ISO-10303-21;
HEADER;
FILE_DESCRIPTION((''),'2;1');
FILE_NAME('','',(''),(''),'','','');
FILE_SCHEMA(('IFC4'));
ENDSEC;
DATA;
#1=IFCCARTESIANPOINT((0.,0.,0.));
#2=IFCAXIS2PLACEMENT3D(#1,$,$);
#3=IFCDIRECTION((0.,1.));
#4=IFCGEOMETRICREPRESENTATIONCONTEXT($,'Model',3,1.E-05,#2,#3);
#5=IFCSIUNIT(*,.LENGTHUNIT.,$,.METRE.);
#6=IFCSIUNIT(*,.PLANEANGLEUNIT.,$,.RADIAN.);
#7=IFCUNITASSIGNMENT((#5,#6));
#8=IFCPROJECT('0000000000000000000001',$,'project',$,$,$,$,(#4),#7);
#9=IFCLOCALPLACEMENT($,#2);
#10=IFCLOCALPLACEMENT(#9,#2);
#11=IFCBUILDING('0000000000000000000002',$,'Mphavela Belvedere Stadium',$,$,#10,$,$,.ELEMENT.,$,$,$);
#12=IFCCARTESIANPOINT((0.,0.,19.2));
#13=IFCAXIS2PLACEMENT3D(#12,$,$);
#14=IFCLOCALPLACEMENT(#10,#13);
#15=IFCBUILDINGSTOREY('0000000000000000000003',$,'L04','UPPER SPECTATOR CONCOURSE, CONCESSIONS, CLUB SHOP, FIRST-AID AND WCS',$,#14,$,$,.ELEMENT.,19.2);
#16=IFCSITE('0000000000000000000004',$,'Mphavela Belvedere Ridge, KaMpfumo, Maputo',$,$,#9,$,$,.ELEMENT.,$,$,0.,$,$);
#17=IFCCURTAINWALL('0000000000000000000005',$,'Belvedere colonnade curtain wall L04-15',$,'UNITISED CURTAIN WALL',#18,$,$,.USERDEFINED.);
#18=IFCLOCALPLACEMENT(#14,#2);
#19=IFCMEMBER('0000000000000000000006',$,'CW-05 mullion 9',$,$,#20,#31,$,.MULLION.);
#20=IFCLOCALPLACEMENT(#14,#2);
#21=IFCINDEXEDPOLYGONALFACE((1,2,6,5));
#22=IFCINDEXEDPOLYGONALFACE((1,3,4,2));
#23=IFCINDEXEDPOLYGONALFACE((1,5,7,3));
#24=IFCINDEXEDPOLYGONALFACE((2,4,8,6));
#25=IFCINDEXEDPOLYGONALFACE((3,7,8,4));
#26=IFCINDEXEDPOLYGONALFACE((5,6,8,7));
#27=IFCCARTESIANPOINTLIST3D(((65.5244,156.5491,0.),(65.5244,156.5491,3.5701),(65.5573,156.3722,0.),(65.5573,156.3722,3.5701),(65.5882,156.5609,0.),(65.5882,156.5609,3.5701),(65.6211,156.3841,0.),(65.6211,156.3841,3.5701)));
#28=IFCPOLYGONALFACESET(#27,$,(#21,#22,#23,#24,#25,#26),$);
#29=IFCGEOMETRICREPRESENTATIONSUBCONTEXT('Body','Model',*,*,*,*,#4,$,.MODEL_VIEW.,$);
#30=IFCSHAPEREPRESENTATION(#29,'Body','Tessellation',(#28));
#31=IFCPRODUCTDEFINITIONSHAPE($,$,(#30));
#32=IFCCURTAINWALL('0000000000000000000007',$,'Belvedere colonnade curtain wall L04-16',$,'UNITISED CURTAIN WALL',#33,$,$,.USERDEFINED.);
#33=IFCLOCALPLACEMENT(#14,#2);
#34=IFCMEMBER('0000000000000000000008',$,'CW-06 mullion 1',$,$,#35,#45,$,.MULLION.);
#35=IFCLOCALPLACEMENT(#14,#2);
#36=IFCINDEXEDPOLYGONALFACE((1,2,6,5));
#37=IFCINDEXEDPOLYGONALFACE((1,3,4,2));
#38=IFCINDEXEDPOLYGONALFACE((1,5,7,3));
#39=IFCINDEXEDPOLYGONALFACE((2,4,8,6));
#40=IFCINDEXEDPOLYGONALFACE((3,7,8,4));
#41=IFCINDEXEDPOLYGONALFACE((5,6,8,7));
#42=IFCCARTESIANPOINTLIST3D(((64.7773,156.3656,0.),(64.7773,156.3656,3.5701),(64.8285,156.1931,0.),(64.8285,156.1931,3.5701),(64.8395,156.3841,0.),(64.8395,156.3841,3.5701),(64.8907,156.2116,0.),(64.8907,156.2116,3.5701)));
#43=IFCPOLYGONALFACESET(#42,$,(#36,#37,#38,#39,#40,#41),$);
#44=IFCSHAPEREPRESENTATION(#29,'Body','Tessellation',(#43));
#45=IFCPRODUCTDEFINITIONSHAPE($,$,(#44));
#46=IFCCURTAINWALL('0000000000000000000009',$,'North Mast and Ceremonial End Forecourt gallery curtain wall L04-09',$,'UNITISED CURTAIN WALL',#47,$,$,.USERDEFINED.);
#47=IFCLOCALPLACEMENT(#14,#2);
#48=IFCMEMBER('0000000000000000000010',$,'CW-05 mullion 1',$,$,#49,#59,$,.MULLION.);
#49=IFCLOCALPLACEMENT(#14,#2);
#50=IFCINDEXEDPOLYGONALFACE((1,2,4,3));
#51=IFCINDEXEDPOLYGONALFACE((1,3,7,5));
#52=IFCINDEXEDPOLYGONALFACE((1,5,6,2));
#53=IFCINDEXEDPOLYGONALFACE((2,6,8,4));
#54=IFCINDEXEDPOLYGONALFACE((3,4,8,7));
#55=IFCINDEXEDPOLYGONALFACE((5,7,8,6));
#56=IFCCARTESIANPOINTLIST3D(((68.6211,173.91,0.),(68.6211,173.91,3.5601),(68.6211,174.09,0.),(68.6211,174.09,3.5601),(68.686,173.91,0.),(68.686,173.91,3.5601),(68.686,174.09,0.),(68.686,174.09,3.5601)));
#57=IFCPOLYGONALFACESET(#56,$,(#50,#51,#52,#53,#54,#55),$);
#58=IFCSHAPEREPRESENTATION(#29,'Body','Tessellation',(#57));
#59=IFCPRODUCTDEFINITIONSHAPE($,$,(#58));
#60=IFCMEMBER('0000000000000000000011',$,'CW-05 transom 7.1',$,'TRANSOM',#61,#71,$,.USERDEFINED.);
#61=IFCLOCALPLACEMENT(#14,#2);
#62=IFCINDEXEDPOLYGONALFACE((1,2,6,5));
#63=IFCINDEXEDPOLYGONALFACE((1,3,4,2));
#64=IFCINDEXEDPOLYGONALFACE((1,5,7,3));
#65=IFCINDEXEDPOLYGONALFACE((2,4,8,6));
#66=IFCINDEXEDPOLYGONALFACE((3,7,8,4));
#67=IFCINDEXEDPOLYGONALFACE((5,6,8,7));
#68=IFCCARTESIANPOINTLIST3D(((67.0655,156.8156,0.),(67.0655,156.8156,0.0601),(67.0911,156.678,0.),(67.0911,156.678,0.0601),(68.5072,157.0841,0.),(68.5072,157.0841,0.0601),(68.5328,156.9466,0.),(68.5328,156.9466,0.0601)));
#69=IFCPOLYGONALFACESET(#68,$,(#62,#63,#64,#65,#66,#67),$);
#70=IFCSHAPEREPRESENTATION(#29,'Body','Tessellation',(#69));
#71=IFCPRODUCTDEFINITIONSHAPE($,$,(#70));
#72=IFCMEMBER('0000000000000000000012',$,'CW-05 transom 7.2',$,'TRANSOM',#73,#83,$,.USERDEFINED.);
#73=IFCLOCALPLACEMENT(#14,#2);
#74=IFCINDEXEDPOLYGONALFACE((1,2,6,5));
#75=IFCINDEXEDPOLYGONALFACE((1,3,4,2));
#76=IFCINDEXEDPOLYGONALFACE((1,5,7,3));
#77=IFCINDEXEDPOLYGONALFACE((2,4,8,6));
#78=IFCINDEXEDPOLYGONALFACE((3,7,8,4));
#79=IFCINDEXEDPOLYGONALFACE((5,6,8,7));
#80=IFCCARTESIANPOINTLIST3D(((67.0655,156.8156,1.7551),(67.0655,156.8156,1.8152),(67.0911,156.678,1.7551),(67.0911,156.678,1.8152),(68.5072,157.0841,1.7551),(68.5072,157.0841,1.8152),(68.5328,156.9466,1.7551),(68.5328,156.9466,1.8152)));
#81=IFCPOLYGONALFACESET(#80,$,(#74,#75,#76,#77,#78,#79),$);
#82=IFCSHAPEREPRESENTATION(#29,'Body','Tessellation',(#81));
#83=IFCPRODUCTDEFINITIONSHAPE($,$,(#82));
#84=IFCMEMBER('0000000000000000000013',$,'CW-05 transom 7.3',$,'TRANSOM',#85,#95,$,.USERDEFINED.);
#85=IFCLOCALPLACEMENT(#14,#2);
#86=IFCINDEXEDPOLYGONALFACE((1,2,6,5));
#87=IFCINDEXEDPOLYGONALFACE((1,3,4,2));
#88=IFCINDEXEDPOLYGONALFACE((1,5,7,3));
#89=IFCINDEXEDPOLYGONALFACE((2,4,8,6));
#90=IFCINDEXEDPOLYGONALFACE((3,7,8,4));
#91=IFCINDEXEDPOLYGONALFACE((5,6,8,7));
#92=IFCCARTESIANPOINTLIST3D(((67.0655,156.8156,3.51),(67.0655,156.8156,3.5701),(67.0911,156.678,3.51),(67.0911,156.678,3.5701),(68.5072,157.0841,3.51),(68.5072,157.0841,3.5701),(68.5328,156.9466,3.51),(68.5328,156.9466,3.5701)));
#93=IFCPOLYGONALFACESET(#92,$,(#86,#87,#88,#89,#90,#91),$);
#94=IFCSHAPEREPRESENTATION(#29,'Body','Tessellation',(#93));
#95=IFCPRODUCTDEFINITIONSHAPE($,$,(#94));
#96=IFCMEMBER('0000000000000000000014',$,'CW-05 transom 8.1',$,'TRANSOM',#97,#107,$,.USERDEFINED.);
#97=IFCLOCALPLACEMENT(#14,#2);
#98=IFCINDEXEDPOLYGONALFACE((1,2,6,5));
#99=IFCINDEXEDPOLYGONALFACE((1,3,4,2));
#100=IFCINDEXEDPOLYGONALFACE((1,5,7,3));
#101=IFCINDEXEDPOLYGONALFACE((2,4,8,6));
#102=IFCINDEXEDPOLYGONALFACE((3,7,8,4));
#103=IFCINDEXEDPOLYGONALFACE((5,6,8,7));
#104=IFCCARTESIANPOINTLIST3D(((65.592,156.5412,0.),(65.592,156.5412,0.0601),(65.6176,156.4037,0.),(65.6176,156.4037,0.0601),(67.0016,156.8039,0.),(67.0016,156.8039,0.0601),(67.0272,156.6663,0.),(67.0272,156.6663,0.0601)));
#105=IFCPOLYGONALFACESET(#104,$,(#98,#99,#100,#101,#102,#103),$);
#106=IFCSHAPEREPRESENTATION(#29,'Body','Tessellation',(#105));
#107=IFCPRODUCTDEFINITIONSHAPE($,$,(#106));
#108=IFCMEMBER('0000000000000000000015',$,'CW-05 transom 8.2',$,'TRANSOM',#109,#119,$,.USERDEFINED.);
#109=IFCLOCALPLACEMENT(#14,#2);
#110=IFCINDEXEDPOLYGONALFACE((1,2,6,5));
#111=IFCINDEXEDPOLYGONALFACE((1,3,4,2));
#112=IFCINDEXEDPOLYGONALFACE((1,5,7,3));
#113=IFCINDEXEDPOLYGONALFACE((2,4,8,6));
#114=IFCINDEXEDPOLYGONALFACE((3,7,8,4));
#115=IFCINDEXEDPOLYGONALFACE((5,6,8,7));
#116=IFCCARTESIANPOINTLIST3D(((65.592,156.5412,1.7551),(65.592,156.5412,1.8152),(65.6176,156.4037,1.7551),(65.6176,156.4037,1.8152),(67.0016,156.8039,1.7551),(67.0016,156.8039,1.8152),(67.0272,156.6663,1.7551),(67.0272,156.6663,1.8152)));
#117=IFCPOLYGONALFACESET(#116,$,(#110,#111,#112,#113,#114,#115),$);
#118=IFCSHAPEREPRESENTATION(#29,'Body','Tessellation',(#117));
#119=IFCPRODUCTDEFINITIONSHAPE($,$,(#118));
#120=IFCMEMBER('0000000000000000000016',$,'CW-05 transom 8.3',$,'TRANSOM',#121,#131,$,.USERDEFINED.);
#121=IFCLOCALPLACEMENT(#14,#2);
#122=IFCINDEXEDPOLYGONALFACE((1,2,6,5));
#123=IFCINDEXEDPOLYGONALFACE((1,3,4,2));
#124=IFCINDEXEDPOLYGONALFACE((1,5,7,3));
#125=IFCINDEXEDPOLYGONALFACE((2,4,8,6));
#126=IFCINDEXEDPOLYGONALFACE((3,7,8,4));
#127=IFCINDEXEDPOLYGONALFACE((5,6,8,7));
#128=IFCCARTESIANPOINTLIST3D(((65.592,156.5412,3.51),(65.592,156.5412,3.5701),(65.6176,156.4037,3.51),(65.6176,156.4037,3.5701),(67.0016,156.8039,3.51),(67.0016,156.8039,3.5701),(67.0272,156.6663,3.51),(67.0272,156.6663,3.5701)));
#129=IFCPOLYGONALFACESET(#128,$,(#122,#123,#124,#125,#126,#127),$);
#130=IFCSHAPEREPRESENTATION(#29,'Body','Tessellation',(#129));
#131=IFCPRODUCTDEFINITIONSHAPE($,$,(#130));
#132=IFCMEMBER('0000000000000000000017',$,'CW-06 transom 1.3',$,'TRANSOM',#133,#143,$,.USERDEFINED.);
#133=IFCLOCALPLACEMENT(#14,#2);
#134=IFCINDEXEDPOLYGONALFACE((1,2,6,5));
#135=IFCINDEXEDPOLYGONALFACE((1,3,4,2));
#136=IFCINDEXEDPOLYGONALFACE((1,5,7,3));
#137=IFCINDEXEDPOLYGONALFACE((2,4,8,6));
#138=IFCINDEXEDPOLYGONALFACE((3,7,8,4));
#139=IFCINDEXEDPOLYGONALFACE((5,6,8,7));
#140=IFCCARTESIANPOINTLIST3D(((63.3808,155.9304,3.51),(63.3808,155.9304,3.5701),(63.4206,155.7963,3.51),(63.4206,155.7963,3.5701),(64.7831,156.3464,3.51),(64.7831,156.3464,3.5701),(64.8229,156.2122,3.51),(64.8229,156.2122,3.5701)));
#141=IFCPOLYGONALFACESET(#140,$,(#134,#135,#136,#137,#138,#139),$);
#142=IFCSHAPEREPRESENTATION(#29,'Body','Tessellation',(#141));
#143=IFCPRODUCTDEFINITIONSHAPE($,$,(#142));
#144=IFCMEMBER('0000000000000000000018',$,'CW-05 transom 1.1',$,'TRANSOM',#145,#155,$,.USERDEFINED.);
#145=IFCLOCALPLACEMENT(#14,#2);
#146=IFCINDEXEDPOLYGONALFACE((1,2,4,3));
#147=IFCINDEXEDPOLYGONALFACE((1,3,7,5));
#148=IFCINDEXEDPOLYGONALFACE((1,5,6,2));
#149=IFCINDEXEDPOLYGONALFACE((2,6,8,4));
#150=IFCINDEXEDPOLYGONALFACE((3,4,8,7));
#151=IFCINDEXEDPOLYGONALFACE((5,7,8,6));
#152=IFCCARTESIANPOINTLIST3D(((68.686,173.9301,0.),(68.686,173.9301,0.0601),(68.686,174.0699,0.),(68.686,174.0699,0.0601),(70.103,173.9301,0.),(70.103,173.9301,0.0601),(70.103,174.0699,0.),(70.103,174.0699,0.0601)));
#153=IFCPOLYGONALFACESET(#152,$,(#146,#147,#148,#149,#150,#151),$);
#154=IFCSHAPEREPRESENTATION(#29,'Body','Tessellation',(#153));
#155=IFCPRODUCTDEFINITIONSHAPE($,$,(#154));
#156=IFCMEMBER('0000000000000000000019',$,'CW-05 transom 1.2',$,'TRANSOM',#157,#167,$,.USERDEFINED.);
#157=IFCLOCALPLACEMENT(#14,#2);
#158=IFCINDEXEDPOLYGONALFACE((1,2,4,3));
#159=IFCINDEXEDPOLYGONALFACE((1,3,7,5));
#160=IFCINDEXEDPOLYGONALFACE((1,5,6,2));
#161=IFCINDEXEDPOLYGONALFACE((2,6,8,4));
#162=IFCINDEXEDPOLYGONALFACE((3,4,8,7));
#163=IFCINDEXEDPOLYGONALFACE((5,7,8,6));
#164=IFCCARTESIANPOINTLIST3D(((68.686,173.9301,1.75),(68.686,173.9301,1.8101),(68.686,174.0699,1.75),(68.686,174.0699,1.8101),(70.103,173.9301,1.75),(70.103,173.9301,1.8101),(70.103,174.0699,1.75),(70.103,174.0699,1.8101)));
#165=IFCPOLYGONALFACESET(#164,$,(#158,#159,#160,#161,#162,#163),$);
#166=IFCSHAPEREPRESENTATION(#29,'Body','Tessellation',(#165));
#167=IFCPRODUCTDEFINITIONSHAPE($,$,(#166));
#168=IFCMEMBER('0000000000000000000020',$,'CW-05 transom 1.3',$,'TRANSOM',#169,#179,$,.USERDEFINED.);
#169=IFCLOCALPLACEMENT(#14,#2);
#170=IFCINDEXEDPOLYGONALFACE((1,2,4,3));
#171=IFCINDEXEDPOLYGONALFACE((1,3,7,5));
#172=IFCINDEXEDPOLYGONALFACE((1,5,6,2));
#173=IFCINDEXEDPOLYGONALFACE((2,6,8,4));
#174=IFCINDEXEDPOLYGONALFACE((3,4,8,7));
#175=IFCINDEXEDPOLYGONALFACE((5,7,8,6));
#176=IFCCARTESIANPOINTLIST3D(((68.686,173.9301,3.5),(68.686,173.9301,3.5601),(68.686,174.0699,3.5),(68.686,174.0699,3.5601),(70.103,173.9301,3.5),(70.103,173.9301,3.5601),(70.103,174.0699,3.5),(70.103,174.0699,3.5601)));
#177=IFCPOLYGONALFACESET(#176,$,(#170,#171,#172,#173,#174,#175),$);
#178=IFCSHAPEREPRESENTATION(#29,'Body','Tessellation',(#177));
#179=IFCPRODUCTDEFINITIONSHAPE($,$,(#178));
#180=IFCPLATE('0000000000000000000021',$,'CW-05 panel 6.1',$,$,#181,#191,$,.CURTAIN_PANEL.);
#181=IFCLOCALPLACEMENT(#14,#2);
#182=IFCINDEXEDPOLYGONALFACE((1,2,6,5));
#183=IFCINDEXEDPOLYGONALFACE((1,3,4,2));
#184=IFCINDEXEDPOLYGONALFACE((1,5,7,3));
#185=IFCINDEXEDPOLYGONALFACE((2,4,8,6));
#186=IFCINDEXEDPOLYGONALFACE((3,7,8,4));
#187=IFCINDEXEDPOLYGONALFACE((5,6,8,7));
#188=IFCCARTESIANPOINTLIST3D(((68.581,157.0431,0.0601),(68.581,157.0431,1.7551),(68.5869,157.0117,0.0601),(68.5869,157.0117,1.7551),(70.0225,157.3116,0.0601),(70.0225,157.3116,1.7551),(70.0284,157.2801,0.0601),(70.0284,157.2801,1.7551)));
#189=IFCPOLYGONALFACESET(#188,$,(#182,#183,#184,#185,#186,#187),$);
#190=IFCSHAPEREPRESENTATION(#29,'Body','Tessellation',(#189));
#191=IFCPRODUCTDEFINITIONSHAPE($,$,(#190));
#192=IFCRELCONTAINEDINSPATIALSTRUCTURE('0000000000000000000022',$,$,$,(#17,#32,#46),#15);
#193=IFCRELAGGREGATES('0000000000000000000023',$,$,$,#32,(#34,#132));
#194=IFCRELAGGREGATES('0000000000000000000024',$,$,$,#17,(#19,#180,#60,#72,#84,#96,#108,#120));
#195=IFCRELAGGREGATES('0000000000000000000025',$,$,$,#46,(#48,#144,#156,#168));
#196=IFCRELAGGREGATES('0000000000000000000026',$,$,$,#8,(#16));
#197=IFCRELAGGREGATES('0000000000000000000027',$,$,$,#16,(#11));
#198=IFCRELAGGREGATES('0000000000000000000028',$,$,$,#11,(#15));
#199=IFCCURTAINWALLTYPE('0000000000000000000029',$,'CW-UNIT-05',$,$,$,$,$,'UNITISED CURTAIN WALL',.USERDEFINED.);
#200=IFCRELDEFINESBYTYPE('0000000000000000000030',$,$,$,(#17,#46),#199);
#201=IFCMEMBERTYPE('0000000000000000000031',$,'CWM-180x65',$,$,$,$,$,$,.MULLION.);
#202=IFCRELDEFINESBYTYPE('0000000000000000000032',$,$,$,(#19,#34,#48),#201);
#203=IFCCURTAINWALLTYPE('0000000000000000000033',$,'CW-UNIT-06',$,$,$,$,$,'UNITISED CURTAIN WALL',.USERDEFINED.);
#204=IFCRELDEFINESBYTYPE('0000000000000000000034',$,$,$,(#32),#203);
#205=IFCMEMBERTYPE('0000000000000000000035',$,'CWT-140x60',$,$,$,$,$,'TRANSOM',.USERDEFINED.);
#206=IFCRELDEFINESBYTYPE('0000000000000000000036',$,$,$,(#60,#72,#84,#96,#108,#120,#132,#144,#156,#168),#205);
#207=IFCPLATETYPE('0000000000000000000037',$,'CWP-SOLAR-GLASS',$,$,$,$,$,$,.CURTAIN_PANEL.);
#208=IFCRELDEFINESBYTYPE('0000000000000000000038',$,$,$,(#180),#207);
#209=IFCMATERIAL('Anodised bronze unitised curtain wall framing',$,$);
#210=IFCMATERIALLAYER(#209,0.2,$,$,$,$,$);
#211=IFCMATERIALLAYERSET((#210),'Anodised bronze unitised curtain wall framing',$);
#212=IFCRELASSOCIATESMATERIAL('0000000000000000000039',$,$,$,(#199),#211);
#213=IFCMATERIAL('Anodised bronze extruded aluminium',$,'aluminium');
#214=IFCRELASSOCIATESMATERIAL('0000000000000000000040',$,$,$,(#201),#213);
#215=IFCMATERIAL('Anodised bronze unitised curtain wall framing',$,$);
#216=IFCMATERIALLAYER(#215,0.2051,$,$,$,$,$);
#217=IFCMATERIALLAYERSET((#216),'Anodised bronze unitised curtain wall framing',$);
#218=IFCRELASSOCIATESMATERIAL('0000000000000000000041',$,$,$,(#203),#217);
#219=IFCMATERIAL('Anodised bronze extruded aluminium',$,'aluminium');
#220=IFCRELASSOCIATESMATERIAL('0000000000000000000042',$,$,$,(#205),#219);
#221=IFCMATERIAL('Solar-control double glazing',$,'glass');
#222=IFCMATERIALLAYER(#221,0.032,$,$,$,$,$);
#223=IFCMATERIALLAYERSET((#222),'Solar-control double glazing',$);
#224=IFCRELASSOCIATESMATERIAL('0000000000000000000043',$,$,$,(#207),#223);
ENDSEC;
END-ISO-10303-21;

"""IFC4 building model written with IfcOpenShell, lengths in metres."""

from ifc_helpers import new_model, si_unit, direction, frame, origin, origin_2d, place, context, subcontext, project, spatial, rectangle, extrude, material, layer, layer_set, material_profile, profile_set, type_object, element, aggregate, save


model = new_model("IFC4")

# Units and contexts
model_context = context("Model", 3, precision=1e-05, world=origin(), true_north=direction((0.0, 1.0)))
body_context = subcontext(model_context, "Body", "Model", "MODEL_VIEW")
ifc_project = project(units=[si_unit("LENGTHUNIT", "METRE"), si_unit("PLANEANGLEUNIT", "RADIAN")], contexts=[model_context])

# Site, building, storey
site_placement = place(None, origin())
site = spatial("IfcSite", under=ifc_project, at=site_placement, Name="Mphavela Belvedere Ridge, KaMpfumo, Maputo", CompositionType="ELEMENT", RefElevation=0.0)
building_placement = place(site_placement, origin())
building = spatial("IfcBuilding", under=site, at=building_placement, Name="Mphavela Belvedere Stadium", CompositionType="ELEMENT")
storey_placement = place(building_placement, frame((0.0, 0.0, 19.2)))
storey = spatial("IfcBuildingStorey", under=building, at=storey_placement, Name="L04", Description="UPPER SPECTATOR CONCOURSE, CONCESSIONS, CLUB SHOP, FIRST-AID AND WCS", CompositionType="ELEMENT", Elevation=19.2)

# Curtain wall, member
ifc_material_1 = material(Name="Anodised bronze unitised curtain wall framing")
ifc_layer_1 = layer(ifc_material_1, 0.2)
ifc_layer_set_1 = layer_set([ifc_layer_1], Name="Anodised bronze unitised curtain wall framing")
curtain_wall_type_1 = type_object("IfcCurtainWallType", Name="CW-UNIT-05", ElementType="UNITISED CURTAIN WALL", PredefinedType="USERDEFINED", material=ifc_layer_set_1)
curtain_wall_1_placement = place(storey_placement, origin())
curtain_wall_1 = element("IfcCurtainWall", 1, at=curtain_wall_1_placement, inside=storey, type_object=curtain_wall_type_1, Name="Belvedere colonnade curtain wall L04-15", ObjectType="UNITISED CURTAIN WALL", PredefinedType="USERDEFINED")
ifc_material_2 = material(Name="Anodised bronze extruded aluminium", Category="aluminium")
ifc_material_profile_1 = material_profile(ifc_material_2, rectangle(XDim=0.1799, YDim=0.0649, at=origin_2d()), Name="CW-MUL 180x65")
ifc_profile_set_1 = profile_set([ifc_material_profile_1], Name="Anodised bronze extruded aluminium")
member_type_1 = type_object("IfcMemberType", Name="CWM-180x65", PredefinedType="MULLION", material=ifc_profile_set_1)
member_1_placement = place(storey_placement, frame((65.5728, 156.4666, 0.0), z_axis=(0.0, 0.0, 1.0), x_axis=(0.183091, -0.983096, 0.0)))
member_1 = element("IfcMember", 2, at=member_1_placement, type_object=member_type_1, Name="CW-05 mullion 9", PredefinedType="MULLION", context=body_context, shape_type="SweptSolid", body=[
    extrude(rectangle(XDim=0.1799, YDim=0.0649, at=origin_2d()), origin(), (0.0, 0.0, 1.0), 3.5701),
])

# Curtain walls, members
ifc_material_3 = material(Name="Anodised bronze unitised curtain wall framing")
ifc_layer_2 = layer(ifc_material_3, 0.2051)
ifc_layer_set_2 = layer_set([ifc_layer_2], Name="Anodised bronze unitised curtain wall framing")
curtain_wall_type_2 = type_object("IfcCurtainWallType", Name="CW-UNIT-06", ElementType="UNITISED CURTAIN WALL", PredefinedType="USERDEFINED", material=ifc_layer_set_2)
curtain_wall_2_placement = place(storey_placement, origin())
curtain_wall_2 = element("IfcCurtainWall", 3, at=curtain_wall_2_placement, inside=storey, type_object=curtain_wall_type_2, Name="Belvedere colonnade curtain wall L04-16", ObjectType="UNITISED CURTAIN WALL", PredefinedType="USERDEFINED")
member_2_placement = place(storey_placement, frame((64.834, 156.2886, 0.0), z_axis=(0.0, 0.0, 1.0), x_axis=(0.284561, -0.958658, 0.0)))
member_2 = element("IfcMember", 4, at=member_2_placement, type_object=member_type_1, Name="CW-06 mullion 1", PredefinedType="MULLION", context=body_context, shape_type="SweptSolid", body=[
    extrude(rectangle(XDim=0.1799, YDim=0.0649, at=origin_2d()), origin(), (0.0, 0.0, 1.0), 3.5701),
])
curtain_wall_3_placement = place(storey_placement, origin())
curtain_wall_3 = element("IfcCurtainWall", 5, at=curtain_wall_3_placement, inside=storey, type_object=curtain_wall_type_1, Name="North Mast and Ceremonial End Forecourt gallery curtain wall L04-09", ObjectType="UNITISED CURTAIN WALL", PredefinedType="USERDEFINED")
member_3_placement = place(storey_placement, frame((68.6536, 174.0, 0.0), z_axis=(0.0, 0.0, 1.0), x_axis=(0.0, 1.0, 0.0)))
member_3 = element("IfcMember", 6, at=member_3_placement, type_object=member_type_1, Name="CW-05 mullion 1", PredefinedType="MULLION", context=body_context, shape_type="SweptSolid", body=[
    extrude(rectangle(XDim=0.1799, YDim=0.0649, at=origin_2d()), origin(), (0.0, 0.0, 1.0), 3.5601),
])

# Members
ifc_material_4 = material(Name="Anodised bronze extruded aluminium", Category="aluminium")
ifc_material_profile_2 = material_profile(ifc_material_4, rectangle(XDim=0.1399, YDim=0.0601, at=origin_2d()), Name="CW-TRN 140x60")
ifc_profile_set_2 = profile_set([ifc_material_profile_2], Name="Anodised bronze extruded aluminium")
member_type_2 = type_object("IfcMemberType", Name="CWT-140x60", ElementType="TRANSOM", PredefinedType="USERDEFINED", material=ifc_profile_set_2)
member_4_placement = place(storey_placement, frame((68.52, 157.0154, 0.03), z_axis=(-0.983088, -0.183132, 0.0), x_axis=(0.183132, -0.983088, 0.0)))
member_4 = element("IfcMember", 7, at=member_4_placement, type_object=member_type_2, Name="CW-05 transom 7.1", ObjectType="TRANSOM", PredefinedType="USERDEFINED", context=body_context, shape_type="SweptSolid", body=[
    extrude(rectangle(XDim=0.1399, YDim=0.0601, at=origin_2d()), origin(), (0.0, 0.0, 1.0), 1.4666),
])
member_5_placement = place(storey_placement, frame((68.52, 157.0154, 1.7852), z_axis=(-0.983088, -0.183132, 0.0), x_axis=(0.183132, -0.983088, 0.0)))
member_5 = element("IfcMember", 8, at=member_5_placement, type_object=member_type_2, Name="CW-05 transom 7.2", ObjectType="TRANSOM", PredefinedType="USERDEFINED", context=body_context, shape_type="SweptSolid", body=[
    extrude(rectangle(XDim=0.1399, YDim=0.0601, at=origin_2d()), origin(), (0.0, 0.0, 1.0), 1.4666),
])
member_6_placement = place(storey_placement, frame((68.52, 157.0154, 3.54), z_axis=(-0.983088, -0.183132, 0.0), x_axis=(0.183132, -0.983088, 0.0)))
member_6 = element("IfcMember", 9, at=member_6_placement, type_object=member_type_2, Name="CW-05 transom 7.3", ObjectType="TRANSOM", PredefinedType="USERDEFINED", context=body_context, shape_type="SweptSolid", body=[
    extrude(rectangle(XDim=0.1399, YDim=0.0601, at=origin_2d()), origin(), (0.0, 0.0, 1.0), 1.4666),
])
member_7_placement = place(storey_placement, frame((67.0144, 156.7351, 0.03), z_axis=(-0.983076, -0.183199, 0.0), x_axis=(0.183199, -0.983076, 0.0)))
member_7 = element("IfcMember", 10, at=member_7_placement, type_object=member_type_2, Name="CW-05 transom 8.1", ObjectType="TRANSOM", PredefinedType="USERDEFINED", context=body_context, shape_type="SweptSolid", body=[
    extrude(rectangle(XDim=0.1399, YDim=0.0601, at=origin_2d()), origin(), (0.0, 0.0, 1.0), 1.4338),
])
member_8_placement = place(storey_placement, frame((67.0144, 156.7351, 1.7852), z_axis=(-0.983076, -0.183199, 0.0), x_axis=(0.183199, -0.983076, 0.0)))
member_8 = element("IfcMember", 11, at=member_8_placement, type_object=member_type_2, Name="CW-05 transom 8.2", ObjectType="TRANSOM", PredefinedType="USERDEFINED", context=body_context, shape_type="SweptSolid", body=[
    extrude(rectangle(XDim=0.1399, YDim=0.0601, at=origin_2d()), origin(), (0.0, 0.0, 1.0), 1.4338),
])
member_9_placement = place(storey_placement, frame((67.0144, 156.7351, 3.54), z_axis=(-0.983076, -0.183199, 0.0), x_axis=(0.183199, -0.983076, 0.0)))
member_9 = element("IfcMember", 12, at=member_9_placement, type_object=member_type_2, Name="CW-05 transom 8.3", ObjectType="TRANSOM", PredefinedType="USERDEFINED", context=body_context, shape_type="SweptSolid", body=[
    extrude(rectangle(XDim=0.1399, YDim=0.0601, at=origin_2d()), origin(), (0.0, 0.0, 1.0), 1.4338),
])
member_10_placement = place(storey_placement, frame((64.803, 156.2793, 3.54), z_axis=(-0.958704, -0.284407, 0.0), x_axis=(0.284407, -0.958704, 0.0)))
member_10 = element("IfcMember", 13, at=member_10_placement, type_object=member_type_2, Name="CW-06 transom 1.3", ObjectType="TRANSOM", PredefinedType="USERDEFINED", context=body_context, shape_type="SweptSolid", body=[
    extrude(rectangle(XDim=0.1399, YDim=0.0601, at=origin_2d()), origin(), (0.0, 0.0, 1.0), 1.4626),
])
aggregate(curtain_wall_2, [member_2, member_10])
member_11_placement = place(storey_placement, frame((68.686, 174.0, 0.03), z_axis=(1.0, 0.0, 0.0), x_axis=(0.0, 1.0, 0.0)))
member_11 = element("IfcMember", 14, at=member_11_placement, type_object=member_type_2, Name="CW-05 transom 1.1", ObjectType="TRANSOM", PredefinedType="USERDEFINED", context=body_context, shape_type="SweptSolid", body=[
    extrude(rectangle(XDim=0.1399, YDim=0.0601, at=origin_2d()), origin(), (0.0, 0.0, 1.0), 1.417),
])
member_12_placement = place(storey_placement, frame((68.686, 174.0, 1.78), z_axis=(1.0, 0.0, 0.0), x_axis=(0.0, 1.0, 0.0)))
member_12 = element("IfcMember", 15, at=member_12_placement, type_object=member_type_2, Name="CW-05 transom 1.2", ObjectType="TRANSOM", PredefinedType="USERDEFINED", context=body_context, shape_type="SweptSolid", body=[
    extrude(rectangle(XDim=0.1399, YDim=0.0601, at=origin_2d()), origin(), (0.0, 0.0, 1.0), 1.417),
])
member_13_placement = place(storey_placement, frame((68.686, 174.0, 3.53), z_axis=(1.0, 0.0, 0.0), x_axis=(0.0, 1.0, 0.0)))
member_13 = element("IfcMember", 16, at=member_13_placement, type_object=member_type_2, Name="CW-05 transom 1.3", ObjectType="TRANSOM", PredefinedType="USERDEFINED", context=body_context, shape_type="SweptSolid", body=[
    extrude(rectangle(XDim=0.1399, YDim=0.0601, at=origin_2d()), origin(), (0.0, 0.0, 1.0), 1.417),
])

# Plate
ifc_material_5 = material(Name="Solar-control double glazing", Category="glass")
ifc_layer_3 = layer(ifc_material_5, 0.032)
ifc_layer_set_3 = layer_set([ifc_layer_3], Name="Solar-control double glazing")
plate_type = type_object("IfcPlateType", Name="CWP-SOLAR-GLASS", PredefinedType="CURTAIN_PANEL", material=ifc_layer_set_3)
plate_1_placement = place(storey_placement, frame((69.3047, 157.1616, 0.0601), z_axis=(0.0, 0.0, 1.0), x_axis=(-0.983096, -0.183091, 0.0)))
plate_1 = element("IfcPlate", 17, at=plate_1_placement, type_object=plate_type, Name="CW-05 panel 6.1", PredefinedType="CURTAIN_PANEL", context=body_context, shape_type="SweptSolid", body=[
    extrude(rectangle(XDim=1.4663, YDim=0.032, at=origin_2d()), origin(), (0.0, 0.0, 1.0), 1.6951),
])
aggregate(curtain_wall_1, [member_1, plate_1, member_4, member_5, member_6, member_7, member_8, member_9])
aggregate(curtain_wall_3, [member_3, member_11, member_12, member_13])

save(model, "model.ifc")
